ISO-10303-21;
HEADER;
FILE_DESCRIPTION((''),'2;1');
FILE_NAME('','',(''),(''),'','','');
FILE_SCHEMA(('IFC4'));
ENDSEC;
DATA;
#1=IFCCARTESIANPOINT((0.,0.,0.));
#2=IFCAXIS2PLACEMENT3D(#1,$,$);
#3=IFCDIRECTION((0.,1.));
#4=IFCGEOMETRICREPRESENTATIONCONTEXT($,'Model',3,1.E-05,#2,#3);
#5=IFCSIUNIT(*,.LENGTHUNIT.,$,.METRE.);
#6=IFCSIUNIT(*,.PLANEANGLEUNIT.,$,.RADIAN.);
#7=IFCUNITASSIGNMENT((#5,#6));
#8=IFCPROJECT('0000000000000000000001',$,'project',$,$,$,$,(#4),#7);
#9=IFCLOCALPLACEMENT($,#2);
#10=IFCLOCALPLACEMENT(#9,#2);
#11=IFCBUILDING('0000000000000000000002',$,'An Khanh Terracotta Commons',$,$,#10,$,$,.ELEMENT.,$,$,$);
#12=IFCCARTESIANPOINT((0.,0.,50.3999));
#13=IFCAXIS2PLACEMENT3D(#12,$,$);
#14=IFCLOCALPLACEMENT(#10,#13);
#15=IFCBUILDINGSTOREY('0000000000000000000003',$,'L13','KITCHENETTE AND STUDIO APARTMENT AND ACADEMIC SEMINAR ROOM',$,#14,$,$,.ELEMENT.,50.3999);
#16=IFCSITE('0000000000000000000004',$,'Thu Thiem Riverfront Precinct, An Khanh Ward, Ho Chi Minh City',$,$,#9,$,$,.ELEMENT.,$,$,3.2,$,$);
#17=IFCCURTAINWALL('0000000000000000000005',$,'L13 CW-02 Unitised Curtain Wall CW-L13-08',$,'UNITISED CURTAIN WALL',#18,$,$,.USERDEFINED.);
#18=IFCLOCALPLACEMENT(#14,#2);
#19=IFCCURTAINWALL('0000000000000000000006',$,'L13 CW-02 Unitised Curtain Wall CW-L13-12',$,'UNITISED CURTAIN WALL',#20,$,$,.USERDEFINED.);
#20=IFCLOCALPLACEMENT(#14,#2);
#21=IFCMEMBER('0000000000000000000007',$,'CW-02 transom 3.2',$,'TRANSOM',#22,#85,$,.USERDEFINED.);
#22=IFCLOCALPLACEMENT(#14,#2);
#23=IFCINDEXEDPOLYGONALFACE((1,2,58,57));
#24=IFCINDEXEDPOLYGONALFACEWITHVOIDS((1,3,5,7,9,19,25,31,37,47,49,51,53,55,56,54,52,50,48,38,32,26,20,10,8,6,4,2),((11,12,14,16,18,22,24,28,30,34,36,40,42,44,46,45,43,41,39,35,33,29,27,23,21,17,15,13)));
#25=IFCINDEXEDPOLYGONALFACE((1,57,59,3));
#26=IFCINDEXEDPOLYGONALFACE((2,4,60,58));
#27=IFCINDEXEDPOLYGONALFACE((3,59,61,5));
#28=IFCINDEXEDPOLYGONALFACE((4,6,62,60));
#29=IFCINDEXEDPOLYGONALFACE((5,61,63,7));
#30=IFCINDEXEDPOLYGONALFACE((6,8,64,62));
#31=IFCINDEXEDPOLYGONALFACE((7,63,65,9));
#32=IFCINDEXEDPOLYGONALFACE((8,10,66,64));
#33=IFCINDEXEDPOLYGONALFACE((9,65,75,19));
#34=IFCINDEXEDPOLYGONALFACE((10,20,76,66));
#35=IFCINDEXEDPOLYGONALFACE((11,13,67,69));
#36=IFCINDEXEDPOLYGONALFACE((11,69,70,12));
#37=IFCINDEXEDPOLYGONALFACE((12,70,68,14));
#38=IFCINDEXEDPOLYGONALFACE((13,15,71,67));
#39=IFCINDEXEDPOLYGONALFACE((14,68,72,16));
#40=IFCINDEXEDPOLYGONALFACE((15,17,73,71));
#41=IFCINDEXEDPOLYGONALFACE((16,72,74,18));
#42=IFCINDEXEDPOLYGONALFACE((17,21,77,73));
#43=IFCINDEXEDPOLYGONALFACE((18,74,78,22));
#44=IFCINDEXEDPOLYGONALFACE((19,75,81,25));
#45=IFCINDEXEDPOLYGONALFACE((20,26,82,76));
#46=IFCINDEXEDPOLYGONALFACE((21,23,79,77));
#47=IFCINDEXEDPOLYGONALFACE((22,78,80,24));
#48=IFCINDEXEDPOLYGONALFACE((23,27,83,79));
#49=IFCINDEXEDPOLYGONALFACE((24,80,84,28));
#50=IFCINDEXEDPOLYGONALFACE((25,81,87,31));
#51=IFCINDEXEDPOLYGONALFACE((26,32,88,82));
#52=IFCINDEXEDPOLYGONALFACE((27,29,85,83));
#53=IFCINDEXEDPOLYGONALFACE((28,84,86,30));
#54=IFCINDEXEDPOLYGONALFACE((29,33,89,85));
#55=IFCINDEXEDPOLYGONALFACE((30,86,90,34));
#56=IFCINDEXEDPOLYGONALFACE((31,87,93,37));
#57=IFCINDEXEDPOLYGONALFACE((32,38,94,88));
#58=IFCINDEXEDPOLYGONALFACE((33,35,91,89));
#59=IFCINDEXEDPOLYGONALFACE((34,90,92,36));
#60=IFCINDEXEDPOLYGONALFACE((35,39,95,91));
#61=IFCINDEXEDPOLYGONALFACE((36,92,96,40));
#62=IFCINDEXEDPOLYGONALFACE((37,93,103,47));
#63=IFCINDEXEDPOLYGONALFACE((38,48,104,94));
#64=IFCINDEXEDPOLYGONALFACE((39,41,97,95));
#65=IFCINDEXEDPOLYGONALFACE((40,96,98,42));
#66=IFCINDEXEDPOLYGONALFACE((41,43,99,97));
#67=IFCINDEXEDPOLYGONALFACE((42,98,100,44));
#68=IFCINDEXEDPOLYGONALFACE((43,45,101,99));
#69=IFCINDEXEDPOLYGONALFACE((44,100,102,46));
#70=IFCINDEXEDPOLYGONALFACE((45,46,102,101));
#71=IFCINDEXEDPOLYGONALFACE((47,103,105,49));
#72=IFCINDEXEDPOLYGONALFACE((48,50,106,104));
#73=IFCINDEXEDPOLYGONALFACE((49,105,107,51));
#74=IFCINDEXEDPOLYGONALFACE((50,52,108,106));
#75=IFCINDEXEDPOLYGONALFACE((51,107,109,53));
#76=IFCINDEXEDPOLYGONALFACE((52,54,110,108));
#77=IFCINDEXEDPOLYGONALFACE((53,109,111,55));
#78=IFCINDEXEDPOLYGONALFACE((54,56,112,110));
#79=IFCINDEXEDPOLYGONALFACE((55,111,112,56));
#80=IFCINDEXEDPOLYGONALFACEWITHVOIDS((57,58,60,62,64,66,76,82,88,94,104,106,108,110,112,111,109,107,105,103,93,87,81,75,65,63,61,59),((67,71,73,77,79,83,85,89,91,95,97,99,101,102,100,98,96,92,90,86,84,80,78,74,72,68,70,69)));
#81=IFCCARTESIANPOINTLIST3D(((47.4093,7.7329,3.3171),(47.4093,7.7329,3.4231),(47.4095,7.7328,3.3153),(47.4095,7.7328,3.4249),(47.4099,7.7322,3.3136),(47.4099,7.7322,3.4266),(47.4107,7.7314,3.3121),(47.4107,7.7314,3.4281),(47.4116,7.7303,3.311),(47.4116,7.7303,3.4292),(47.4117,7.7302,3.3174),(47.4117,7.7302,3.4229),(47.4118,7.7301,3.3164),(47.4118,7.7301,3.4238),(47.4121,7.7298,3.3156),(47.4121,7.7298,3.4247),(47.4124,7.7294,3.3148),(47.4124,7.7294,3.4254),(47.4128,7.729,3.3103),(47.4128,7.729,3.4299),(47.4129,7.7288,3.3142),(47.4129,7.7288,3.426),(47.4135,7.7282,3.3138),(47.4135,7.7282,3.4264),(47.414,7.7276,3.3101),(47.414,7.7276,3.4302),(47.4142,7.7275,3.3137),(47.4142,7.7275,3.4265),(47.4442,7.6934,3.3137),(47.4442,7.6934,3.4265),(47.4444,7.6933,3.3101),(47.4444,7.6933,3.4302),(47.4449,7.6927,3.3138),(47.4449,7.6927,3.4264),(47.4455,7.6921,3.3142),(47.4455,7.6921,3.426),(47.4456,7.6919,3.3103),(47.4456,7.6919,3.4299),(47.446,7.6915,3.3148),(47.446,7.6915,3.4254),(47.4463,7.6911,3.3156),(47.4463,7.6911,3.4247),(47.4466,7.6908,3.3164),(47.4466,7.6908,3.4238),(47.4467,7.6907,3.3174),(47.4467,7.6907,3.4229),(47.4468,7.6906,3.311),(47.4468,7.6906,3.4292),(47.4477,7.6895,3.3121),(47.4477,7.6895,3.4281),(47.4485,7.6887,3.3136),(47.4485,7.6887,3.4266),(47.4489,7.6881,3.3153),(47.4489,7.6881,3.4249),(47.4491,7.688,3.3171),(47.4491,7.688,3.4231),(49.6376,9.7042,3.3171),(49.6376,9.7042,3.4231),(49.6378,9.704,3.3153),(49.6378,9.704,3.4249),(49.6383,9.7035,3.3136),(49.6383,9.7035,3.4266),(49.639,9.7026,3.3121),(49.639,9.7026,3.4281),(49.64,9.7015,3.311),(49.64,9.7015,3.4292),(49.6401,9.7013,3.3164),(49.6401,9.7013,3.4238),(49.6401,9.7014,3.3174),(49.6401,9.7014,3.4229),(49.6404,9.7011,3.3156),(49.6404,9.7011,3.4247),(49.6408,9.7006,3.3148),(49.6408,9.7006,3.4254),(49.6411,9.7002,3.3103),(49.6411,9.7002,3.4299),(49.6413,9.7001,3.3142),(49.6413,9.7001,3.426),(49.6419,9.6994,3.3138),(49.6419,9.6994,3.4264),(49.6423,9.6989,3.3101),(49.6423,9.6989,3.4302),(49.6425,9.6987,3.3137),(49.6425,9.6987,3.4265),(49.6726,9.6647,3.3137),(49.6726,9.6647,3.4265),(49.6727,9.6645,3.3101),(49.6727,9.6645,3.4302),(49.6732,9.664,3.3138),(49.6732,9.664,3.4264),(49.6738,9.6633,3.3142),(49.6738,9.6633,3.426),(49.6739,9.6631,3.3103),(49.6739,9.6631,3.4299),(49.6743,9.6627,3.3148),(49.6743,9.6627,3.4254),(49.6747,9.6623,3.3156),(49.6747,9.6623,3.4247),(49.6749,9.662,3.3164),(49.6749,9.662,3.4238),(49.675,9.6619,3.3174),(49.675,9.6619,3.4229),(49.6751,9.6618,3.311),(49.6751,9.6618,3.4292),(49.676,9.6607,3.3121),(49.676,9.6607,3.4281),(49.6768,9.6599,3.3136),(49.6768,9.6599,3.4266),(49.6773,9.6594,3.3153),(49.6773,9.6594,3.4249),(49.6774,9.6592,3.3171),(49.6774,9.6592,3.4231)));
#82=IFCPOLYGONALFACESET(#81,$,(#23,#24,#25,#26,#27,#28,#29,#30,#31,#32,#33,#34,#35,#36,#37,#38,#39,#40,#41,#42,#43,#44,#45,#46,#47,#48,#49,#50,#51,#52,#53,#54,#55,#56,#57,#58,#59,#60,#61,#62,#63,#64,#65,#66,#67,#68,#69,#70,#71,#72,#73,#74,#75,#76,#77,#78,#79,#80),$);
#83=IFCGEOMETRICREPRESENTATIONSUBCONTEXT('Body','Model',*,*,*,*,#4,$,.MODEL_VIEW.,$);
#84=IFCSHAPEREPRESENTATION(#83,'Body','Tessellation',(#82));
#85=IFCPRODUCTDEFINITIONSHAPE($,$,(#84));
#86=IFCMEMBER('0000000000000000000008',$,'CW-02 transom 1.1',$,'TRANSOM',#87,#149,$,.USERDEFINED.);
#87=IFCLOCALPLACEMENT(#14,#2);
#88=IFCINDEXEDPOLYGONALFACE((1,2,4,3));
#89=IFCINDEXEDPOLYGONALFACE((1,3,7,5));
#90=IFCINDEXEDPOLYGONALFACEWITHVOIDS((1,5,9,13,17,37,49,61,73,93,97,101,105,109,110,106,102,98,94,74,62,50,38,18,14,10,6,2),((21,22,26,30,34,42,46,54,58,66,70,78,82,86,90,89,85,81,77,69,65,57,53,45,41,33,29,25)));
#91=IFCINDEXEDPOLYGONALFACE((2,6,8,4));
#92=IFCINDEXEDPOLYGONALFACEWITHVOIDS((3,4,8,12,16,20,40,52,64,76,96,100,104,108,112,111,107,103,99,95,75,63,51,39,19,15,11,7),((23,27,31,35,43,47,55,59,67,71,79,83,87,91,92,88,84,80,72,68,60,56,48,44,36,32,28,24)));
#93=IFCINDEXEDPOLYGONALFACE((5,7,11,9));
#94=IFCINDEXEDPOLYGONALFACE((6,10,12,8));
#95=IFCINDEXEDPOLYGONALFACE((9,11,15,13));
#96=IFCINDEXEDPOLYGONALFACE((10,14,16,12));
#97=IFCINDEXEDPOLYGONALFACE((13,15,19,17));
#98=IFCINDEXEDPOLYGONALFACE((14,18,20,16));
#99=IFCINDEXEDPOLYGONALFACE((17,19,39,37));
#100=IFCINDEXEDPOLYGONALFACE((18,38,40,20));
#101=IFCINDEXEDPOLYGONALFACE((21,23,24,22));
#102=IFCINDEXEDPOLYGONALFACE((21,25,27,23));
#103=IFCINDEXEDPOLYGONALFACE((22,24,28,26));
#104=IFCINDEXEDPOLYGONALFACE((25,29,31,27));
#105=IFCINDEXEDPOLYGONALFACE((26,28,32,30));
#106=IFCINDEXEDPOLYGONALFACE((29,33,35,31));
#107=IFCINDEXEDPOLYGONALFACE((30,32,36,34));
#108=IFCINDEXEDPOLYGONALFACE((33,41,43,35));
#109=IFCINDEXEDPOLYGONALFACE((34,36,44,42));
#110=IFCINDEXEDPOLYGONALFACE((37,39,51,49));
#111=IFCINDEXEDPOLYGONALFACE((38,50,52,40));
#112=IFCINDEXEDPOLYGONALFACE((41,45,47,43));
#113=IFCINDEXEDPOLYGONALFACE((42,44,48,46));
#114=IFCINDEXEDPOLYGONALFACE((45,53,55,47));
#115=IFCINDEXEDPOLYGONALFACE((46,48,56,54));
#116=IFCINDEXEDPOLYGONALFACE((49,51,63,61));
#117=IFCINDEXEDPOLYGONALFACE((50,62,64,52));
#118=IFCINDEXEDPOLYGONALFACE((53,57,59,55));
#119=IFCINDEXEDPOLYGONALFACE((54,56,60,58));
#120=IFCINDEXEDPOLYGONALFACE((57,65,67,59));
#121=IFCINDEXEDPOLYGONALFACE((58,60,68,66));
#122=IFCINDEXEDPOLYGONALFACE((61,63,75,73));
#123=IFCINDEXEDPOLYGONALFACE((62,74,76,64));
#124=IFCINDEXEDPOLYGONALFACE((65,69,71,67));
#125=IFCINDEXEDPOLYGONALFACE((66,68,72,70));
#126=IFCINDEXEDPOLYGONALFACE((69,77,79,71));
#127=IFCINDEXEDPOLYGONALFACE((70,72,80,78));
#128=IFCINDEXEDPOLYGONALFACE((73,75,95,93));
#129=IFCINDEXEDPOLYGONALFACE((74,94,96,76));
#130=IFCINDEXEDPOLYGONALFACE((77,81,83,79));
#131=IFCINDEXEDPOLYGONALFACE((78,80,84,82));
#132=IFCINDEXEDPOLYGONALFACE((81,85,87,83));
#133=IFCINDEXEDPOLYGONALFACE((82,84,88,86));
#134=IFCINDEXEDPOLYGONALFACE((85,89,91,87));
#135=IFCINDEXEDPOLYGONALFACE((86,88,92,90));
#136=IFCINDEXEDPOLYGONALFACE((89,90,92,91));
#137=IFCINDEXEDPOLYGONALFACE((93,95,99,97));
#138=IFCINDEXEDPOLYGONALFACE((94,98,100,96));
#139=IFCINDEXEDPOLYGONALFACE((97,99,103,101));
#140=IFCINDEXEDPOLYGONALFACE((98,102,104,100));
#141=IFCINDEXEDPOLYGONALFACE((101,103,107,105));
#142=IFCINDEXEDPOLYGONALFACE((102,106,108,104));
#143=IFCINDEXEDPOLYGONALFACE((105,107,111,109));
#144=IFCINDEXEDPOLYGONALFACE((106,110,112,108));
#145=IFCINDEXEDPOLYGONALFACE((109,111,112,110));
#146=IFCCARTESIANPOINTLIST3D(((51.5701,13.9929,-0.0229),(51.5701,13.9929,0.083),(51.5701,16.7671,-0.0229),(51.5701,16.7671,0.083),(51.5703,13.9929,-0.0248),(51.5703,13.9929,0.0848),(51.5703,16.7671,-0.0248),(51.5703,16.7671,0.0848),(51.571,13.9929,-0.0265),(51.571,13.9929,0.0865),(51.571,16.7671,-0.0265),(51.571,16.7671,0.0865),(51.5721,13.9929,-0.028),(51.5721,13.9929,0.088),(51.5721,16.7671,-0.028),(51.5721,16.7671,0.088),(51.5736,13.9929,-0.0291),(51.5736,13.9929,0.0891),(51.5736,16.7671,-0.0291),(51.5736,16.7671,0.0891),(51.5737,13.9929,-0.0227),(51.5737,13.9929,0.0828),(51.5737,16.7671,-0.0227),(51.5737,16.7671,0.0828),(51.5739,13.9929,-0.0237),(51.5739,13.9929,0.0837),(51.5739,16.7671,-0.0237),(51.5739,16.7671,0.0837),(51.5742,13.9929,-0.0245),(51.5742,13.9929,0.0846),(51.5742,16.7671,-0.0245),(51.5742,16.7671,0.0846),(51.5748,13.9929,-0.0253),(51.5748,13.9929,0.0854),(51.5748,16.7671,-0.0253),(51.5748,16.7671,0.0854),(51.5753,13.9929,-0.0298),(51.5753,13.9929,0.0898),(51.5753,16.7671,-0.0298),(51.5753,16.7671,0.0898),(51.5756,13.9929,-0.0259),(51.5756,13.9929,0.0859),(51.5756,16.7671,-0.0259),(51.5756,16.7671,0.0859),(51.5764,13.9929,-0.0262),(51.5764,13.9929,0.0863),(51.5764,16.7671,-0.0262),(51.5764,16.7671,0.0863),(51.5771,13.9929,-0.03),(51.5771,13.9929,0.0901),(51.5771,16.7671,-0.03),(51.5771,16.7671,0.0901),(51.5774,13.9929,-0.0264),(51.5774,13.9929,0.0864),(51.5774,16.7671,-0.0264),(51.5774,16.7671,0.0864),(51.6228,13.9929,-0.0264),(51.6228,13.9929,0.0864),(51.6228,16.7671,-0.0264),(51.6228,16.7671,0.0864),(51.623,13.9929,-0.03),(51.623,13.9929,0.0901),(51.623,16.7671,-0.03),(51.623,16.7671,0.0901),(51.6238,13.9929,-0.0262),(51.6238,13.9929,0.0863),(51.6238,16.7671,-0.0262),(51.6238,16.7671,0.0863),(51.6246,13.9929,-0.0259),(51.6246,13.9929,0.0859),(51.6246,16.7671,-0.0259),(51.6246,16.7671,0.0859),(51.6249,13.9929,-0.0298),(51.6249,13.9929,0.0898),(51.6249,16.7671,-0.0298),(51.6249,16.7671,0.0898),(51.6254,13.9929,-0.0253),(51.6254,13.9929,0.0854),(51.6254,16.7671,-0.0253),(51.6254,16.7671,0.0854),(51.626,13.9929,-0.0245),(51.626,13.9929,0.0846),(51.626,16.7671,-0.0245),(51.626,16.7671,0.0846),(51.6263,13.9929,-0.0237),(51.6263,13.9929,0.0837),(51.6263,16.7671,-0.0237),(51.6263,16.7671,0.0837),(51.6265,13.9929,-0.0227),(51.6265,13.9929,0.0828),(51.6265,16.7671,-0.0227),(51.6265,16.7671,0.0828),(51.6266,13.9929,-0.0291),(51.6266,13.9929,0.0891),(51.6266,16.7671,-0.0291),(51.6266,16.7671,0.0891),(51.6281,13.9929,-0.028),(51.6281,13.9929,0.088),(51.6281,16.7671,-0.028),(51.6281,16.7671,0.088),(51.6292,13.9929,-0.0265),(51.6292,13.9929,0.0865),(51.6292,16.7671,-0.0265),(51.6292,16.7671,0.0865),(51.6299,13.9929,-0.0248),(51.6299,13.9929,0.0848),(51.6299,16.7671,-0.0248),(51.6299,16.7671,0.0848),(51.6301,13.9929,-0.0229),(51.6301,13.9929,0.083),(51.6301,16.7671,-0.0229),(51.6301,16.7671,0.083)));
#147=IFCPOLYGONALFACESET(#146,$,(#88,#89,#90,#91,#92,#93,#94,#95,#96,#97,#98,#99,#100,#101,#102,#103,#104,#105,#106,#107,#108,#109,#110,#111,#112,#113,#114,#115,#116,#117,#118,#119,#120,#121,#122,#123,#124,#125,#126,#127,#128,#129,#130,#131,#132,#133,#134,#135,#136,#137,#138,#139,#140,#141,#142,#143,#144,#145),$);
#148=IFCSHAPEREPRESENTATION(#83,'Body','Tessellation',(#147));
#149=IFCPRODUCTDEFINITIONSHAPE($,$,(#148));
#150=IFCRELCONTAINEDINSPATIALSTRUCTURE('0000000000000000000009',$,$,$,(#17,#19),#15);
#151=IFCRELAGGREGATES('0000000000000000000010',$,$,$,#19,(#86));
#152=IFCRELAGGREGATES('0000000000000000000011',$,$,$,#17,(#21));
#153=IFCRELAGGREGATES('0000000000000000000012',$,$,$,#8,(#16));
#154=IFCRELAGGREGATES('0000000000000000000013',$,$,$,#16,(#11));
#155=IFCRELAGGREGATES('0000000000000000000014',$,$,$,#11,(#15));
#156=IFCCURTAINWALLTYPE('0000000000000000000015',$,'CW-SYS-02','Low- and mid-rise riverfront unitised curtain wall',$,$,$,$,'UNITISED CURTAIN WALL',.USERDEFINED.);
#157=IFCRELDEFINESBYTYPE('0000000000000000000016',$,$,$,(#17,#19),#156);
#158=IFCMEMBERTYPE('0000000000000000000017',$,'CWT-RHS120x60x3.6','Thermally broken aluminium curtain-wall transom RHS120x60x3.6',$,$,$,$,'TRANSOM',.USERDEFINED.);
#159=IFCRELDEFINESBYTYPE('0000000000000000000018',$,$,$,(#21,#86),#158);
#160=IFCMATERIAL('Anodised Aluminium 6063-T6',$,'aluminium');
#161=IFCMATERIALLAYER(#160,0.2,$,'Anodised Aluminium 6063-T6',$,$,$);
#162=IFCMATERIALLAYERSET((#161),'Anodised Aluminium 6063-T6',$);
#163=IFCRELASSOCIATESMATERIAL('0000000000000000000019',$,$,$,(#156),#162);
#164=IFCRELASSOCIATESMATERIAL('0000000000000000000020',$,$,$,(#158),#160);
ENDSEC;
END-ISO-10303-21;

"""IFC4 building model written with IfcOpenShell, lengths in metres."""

from ifc_helpers import new_model, si_unit, direction, frame, origin, origin_2d, place, context, subcontext, project, spatial, hollow_rectangle, extrude, material, layer, layer_set, material_profile, profile_set, type_object, element, aggregate, save


model = new_model("IFC4")

# Units and contexts
model_context = context("Model", 3, precision=1e-05, world=origin(), true_north=direction((0.0, 1.0)))
body_context = subcontext(model_context, "Body", "Model", "MODEL_VIEW")
ifc_project = project(units=[si_unit("LENGTHUNIT", "METRE"), si_unit("PLANEANGLEUNIT", "RADIAN")], contexts=[model_context])

# Site, building, storey
site_placement = place(None, origin())
site = spatial("IfcSite", under=ifc_project, at=site_placement, Name="Thu Thiem Riverfront Precinct, An Khanh Ward, Ho Chi Minh City", CompositionType="ELEMENT", RefElevation=3.2)
building_placement = place(site_placement, origin())
building = spatial("IfcBuilding", under=site, at=building_placement, Name="An Khanh Terracotta Commons", CompositionType="ELEMENT")
storey_placement = place(building_placement, frame((0.0, 0.0, 50.3999)))
storey = spatial("IfcBuildingStorey", under=building, at=storey_placement, Name="L13", Description="KITCHENETTE AND STUDIO APARTMENT AND ACADEMIC SEMINAR ROOM", CompositionType="ELEMENT", Elevation=50.3999)

# Curtain wall
ifc_material_1 = material(Name="Anodised Aluminium 6063-T6", Category="aluminium")
ifc_layer_1 = layer(ifc_material_1, 0.2, Name="Anodised Aluminium 6063-T6")
ifc_layer_set_1 = layer_set([ifc_layer_1], Name="Anodised Aluminium 6063-T6")
curtain_wall_type = type_object("IfcCurtainWallType", Name="CW-SYS-02", Description="Low- and mid-rise riverfront unitised curtain wall", ElementType="UNITISED CURTAIN WALL", PredefinedType="USERDEFINED", material=ifc_layer_set_1)
curtain_wall_1_placement = place(storey_placement, origin())
curtain_wall_1 = element("IfcCurtainWall", 1, at=curtain_wall_1_placement, inside=storey, type_object=curtain_wall_type, Name="L13 CW-02 Unitised Curtain Wall CW-L13-08", ObjectType="UNITISED CURTAIN WALL", PredefinedType="USERDEFINED")

# Curtain wall
curtain_wall_2_placement = place(storey_placement, origin())
curtain_wall_2 = element("IfcCurtainWall", 2, at=curtain_wall_2_placement, inside=storey, type_object=curtain_wall_type, Name="L13 CW-02 Unitised Curtain Wall CW-L13-12", ObjectType="UNITISED CURTAIN WALL", PredefinedType="USERDEFINED")

# Members
ifc_material_profile_1 = material_profile(ifc_material_1, hollow_rectangle(XDim=0.0601, YDim=0.1201, WallThickness=0.0037, InnerFilletRadius=0.0037, OuterFilletRadius=0.0071, at=origin_2d()), Name="RHS120x60x3.6")
ifc_profile_set_1 = profile_set([ifc_material_profile_1], Name="Anodised Aluminium 6063-T6")
member_type_1 = type_object("IfcMemberType", Name="CWT-RHS120x60x3.6", Description="Thermally broken aluminium curtain-wall transom RHS120x60x3.6", ElementType="TRANSOM", PredefinedType="USERDEFINED", material=ifc_profile_set_1)
member_1_placement = place(storey_placement, frame((47.4292, 7.7104, 3.3701), z_axis=(0.748992, 0.662579, 0.0), x_axis=(-0.662579, 0.748992, 0.0)))
member_1 = element("IfcMember", 3, at=member_1_placement, type_object=member_type_1, Name="CW-02 transom 3.2", ObjectType="TRANSOM", PredefinedType="USERDEFINED", context=body_context, shape_type="SweptSolid", body=[
    extrude(hollow_rectangle(XDim=0.0601, YDim=0.1201, WallThickness=0.0037, InnerFilletRadius=0.0037, OuterFilletRadius=0.0071, at=origin_2d()), origin(), (0.0, 0.0, 1.0), 2.9751),
])
member_2_placement = place(storey_placement, frame((51.6001, 13.9929, 0.03), z_axis=(0.0, 1.0, 0.0), x_axis=(-1.0, 0.0, 0.0)))
member_2 = element("IfcMember", 4, at=member_2_placement, type_object=member_type_1, Name="CW-02 transom 1.1", ObjectType="TRANSOM", PredefinedType="USERDEFINED", context=body_context, shape_type="SweptSolid", body=[
    extrude(hollow_rectangle(XDim=0.0601, YDim=0.1201, WallThickness=0.0037, InnerFilletRadius=0.0037, OuterFilletRadius=0.0071, at=origin_2d()), origin(), (0.0, 0.0, 1.0), 2.7742),
])
aggregate(curtain_wall_2, [member_2])

aggregate(curtain_wall_1, [member_1])

save(model, "model.ifc")
